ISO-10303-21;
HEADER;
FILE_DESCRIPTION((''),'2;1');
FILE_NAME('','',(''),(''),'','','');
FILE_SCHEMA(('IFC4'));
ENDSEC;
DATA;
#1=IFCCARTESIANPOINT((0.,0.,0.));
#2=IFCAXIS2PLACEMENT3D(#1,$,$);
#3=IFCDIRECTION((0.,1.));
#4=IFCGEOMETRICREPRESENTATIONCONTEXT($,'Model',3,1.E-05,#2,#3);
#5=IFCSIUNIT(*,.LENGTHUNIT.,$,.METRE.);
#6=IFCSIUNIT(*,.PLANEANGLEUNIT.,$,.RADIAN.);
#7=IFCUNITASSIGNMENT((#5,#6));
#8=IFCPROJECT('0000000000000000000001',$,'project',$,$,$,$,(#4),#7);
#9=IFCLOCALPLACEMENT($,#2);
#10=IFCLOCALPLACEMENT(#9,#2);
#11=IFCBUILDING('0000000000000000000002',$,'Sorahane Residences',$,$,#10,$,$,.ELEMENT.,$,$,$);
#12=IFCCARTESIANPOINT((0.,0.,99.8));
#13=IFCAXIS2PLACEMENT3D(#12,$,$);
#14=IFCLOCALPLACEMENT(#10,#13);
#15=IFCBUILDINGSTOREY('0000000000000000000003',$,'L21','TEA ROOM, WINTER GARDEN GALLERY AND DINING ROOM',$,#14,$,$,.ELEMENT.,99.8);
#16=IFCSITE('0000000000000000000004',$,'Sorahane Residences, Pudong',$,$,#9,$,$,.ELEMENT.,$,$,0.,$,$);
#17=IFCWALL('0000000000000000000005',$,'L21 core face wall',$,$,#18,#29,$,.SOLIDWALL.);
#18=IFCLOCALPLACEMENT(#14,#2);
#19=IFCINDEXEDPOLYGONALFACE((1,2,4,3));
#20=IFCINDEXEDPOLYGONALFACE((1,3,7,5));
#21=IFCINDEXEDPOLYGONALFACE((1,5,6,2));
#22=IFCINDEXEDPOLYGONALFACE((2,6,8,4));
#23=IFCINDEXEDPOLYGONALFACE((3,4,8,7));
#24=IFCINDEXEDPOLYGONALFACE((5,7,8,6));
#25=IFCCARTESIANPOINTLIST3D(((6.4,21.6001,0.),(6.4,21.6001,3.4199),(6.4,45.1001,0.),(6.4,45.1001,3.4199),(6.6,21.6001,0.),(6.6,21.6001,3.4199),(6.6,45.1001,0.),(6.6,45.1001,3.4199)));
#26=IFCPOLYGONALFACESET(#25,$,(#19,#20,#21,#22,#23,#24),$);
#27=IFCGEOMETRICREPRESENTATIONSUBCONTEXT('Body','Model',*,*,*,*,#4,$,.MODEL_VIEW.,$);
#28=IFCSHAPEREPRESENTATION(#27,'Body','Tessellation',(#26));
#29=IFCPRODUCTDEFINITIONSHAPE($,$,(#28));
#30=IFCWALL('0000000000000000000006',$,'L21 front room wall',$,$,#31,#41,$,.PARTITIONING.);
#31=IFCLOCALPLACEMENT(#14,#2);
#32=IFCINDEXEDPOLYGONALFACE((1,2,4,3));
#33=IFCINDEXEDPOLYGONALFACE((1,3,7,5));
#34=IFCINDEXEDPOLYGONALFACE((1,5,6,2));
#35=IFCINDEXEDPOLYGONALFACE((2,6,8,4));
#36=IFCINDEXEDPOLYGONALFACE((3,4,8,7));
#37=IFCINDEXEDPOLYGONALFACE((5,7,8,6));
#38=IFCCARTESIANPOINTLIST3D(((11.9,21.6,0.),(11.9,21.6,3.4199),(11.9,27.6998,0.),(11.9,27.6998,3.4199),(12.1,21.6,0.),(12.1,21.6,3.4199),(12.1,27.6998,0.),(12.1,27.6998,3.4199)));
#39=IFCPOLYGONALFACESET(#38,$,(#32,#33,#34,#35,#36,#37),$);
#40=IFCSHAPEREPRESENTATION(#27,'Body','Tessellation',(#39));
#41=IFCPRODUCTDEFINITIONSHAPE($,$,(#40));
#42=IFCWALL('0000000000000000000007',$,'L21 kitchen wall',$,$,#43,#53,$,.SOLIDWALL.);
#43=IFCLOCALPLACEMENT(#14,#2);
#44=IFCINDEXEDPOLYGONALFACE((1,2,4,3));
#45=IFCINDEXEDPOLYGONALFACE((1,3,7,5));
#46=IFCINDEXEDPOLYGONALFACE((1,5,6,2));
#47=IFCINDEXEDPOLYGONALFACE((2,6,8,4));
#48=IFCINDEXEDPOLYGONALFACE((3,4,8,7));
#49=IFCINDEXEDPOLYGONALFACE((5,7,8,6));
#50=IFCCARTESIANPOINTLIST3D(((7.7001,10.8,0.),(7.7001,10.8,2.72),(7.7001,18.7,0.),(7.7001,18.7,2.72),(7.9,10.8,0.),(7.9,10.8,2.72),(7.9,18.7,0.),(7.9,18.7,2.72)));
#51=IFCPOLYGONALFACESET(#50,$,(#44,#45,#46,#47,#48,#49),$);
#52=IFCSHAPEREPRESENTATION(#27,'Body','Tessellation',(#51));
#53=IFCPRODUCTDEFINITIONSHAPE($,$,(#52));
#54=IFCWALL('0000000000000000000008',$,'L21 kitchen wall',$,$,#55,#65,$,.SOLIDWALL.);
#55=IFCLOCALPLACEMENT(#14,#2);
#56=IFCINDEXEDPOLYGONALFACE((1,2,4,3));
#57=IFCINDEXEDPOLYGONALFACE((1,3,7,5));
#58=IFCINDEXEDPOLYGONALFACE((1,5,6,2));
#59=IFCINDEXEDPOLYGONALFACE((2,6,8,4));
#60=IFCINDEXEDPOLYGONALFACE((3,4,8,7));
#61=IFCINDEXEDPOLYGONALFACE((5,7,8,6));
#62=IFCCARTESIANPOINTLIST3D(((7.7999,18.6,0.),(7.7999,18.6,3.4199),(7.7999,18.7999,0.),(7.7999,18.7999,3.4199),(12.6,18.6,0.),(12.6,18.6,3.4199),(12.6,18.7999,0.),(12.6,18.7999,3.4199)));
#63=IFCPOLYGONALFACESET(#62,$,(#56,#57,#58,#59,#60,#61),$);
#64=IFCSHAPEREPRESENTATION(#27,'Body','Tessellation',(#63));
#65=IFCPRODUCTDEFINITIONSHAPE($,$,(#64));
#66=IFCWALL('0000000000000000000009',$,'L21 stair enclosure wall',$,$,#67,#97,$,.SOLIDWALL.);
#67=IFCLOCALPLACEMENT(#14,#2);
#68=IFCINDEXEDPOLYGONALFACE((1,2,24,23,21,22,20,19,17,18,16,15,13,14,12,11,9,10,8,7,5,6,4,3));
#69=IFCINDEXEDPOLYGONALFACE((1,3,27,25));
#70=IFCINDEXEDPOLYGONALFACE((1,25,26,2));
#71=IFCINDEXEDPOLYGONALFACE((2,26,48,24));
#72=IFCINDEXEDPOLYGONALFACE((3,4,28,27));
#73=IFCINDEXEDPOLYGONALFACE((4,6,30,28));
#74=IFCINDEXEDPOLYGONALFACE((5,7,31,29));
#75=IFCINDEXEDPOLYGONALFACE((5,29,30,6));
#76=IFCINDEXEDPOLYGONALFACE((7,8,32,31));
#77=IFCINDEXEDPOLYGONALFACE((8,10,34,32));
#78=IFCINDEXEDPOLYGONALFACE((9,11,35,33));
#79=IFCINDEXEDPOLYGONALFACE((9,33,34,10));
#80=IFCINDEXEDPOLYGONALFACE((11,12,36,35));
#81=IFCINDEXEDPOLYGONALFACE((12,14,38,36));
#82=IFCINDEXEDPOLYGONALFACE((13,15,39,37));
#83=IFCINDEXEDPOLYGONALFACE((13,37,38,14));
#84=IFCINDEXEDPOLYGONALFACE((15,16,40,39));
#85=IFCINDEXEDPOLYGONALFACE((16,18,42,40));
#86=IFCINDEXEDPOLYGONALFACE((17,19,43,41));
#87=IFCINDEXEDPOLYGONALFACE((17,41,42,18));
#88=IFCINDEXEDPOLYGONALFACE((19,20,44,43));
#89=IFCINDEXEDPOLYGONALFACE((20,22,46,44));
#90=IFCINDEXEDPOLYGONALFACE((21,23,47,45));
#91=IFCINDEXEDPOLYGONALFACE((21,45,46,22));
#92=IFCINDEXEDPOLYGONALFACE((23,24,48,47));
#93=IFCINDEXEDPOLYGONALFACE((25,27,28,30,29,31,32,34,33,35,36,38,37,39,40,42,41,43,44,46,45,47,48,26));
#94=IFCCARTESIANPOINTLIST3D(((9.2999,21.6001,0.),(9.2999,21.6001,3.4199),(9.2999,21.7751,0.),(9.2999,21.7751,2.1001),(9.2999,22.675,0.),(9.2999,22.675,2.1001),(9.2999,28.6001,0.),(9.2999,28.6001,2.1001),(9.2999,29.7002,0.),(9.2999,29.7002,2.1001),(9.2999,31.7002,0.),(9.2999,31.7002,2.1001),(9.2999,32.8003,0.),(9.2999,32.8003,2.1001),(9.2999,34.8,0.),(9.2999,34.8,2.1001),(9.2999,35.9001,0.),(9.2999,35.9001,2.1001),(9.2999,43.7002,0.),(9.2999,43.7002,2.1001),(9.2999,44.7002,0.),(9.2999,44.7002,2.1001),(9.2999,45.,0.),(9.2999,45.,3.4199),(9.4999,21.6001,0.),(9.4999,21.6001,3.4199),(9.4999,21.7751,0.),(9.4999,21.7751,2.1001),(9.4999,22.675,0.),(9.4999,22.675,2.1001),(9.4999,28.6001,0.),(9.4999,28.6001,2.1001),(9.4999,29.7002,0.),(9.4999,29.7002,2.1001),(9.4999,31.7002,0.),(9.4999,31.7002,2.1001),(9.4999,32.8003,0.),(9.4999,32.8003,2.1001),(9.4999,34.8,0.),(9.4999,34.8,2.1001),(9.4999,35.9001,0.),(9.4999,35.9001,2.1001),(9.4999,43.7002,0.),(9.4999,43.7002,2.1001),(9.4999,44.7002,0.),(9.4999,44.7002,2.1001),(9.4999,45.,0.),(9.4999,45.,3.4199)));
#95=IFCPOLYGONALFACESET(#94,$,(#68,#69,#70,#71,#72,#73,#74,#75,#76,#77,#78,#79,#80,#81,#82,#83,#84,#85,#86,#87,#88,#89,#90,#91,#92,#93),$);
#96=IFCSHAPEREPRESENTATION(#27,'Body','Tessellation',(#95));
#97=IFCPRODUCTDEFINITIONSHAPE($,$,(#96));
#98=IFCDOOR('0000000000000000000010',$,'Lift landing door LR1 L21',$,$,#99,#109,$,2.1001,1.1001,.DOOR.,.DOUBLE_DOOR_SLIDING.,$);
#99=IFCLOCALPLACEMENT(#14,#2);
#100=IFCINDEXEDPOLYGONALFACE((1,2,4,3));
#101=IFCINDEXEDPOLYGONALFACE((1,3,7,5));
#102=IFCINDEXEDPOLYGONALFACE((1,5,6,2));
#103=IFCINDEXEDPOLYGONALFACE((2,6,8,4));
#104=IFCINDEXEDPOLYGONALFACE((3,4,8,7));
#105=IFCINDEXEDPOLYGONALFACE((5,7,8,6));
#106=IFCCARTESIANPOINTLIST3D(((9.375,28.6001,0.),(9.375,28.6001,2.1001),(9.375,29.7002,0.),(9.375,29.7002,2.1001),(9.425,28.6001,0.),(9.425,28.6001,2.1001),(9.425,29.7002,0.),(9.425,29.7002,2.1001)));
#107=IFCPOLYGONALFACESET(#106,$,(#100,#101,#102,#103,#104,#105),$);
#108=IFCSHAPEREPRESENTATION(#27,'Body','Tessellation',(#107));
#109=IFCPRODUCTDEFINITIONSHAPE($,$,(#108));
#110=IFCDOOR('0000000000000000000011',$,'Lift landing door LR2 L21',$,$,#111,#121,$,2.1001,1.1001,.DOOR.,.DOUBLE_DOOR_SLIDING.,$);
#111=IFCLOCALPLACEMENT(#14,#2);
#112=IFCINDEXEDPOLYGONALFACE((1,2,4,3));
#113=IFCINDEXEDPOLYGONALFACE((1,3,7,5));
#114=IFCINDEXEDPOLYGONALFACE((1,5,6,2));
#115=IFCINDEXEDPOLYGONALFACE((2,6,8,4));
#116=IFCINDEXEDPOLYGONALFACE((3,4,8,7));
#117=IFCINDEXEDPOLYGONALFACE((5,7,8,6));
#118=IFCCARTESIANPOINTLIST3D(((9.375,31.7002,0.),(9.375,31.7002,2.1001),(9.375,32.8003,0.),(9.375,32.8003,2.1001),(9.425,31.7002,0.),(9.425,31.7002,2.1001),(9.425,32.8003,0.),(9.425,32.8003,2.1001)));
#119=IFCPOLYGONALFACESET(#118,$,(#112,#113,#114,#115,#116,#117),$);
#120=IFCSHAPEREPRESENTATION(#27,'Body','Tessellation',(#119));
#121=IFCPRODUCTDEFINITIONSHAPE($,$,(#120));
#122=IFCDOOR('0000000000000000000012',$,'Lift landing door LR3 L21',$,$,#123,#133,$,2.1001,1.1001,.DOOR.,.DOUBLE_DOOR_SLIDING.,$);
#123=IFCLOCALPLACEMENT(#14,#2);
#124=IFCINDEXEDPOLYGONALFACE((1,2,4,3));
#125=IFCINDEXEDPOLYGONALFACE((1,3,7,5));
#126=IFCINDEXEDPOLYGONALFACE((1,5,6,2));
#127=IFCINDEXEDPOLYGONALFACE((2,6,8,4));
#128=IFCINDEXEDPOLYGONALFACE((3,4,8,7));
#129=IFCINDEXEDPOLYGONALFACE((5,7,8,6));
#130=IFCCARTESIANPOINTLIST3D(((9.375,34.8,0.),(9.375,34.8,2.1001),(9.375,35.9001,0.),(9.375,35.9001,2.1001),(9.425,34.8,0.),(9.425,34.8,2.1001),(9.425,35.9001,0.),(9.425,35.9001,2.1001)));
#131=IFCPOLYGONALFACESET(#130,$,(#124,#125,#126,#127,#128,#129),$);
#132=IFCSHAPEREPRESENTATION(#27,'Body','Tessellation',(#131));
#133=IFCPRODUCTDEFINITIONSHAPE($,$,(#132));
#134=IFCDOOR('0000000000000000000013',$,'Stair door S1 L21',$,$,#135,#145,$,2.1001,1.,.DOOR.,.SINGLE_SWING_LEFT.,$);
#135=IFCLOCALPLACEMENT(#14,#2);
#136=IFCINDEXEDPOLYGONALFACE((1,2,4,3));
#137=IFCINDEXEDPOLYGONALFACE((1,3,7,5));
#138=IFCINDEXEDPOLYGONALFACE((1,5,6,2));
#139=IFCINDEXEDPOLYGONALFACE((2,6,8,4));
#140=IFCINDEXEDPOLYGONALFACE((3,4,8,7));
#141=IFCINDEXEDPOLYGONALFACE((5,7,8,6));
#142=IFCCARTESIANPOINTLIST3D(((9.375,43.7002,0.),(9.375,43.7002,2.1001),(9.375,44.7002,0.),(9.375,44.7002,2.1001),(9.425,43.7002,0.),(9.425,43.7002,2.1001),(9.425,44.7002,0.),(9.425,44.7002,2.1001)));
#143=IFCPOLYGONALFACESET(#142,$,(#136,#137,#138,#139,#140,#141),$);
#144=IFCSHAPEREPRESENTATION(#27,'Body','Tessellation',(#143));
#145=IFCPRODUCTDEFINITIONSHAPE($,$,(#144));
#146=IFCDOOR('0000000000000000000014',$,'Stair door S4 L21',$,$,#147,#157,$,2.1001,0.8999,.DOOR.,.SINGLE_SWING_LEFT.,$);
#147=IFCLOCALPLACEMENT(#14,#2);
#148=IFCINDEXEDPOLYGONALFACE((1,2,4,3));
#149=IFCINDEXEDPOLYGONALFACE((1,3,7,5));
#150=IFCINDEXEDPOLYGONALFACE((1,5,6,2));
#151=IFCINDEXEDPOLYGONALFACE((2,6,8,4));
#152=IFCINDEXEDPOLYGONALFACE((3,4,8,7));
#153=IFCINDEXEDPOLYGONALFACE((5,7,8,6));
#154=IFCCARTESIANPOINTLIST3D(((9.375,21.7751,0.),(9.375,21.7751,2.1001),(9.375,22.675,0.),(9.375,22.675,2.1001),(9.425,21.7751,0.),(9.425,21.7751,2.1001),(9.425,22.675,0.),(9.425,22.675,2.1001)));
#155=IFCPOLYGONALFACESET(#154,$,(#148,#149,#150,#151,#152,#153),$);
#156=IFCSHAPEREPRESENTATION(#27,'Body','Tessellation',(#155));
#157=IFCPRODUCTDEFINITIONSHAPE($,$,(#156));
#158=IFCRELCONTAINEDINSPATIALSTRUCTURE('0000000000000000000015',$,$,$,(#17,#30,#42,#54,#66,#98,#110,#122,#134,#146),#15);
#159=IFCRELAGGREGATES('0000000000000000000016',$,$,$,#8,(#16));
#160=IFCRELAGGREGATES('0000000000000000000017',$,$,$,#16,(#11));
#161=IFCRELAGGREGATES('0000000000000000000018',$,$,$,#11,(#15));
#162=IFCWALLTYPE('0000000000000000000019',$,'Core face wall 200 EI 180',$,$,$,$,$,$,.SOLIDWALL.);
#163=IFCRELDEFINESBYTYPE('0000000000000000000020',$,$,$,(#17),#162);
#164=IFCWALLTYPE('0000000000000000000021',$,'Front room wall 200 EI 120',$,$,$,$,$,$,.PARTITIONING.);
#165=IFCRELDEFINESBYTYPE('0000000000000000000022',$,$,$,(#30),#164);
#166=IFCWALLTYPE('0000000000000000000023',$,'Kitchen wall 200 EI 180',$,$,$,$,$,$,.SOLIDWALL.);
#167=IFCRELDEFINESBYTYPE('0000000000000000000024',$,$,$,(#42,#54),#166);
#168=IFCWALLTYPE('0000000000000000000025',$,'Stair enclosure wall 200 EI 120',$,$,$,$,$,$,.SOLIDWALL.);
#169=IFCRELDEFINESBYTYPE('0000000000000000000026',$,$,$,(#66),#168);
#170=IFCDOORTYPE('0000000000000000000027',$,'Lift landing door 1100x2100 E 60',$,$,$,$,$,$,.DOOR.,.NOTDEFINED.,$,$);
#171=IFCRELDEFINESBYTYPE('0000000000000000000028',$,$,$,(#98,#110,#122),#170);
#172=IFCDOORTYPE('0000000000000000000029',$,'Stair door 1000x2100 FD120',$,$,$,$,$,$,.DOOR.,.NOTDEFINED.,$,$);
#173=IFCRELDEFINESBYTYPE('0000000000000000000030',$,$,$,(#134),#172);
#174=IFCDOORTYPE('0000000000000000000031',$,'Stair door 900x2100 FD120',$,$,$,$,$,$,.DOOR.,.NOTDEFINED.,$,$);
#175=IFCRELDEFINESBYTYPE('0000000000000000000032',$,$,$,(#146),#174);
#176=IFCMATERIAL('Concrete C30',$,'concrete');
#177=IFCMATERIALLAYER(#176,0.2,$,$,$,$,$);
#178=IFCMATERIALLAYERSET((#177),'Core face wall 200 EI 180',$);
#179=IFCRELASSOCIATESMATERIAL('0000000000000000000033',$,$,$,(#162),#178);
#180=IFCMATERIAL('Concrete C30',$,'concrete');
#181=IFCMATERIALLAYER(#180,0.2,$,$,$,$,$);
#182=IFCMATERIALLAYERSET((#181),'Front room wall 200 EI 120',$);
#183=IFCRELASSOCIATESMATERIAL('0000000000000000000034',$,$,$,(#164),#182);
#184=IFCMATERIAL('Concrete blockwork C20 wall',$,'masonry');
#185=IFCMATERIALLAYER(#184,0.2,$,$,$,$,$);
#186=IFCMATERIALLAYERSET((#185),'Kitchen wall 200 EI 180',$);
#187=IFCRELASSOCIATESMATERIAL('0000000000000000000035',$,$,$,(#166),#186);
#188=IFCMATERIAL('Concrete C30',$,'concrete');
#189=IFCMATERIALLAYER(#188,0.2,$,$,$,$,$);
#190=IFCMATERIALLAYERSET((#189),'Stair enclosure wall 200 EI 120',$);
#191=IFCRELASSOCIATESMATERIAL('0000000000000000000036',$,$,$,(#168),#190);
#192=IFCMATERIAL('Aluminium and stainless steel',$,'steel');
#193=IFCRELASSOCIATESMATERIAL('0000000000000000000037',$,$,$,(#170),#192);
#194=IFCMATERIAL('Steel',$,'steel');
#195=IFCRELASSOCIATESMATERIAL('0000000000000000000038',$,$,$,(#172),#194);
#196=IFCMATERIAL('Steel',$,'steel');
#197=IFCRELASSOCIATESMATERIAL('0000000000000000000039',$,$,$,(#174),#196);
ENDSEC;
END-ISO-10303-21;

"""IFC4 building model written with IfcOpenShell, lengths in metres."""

from ifc_helpers import new_model, si_unit, direction, frame, frame_2d, origin, place, context, subcontext, project, spatial, rectangle, extrude, material, layer, layer_set, type_object, element, fill, save


model = new_model("IFC4")

# Units and contexts
model_context = context("Model", 3, precision=1e-05, world=origin(), true_north=direction((0.0, 1.0)))
body_context = subcontext(model_context, "Body", "Model", "MODEL_VIEW")
ifc_project = project(units=[si_unit("LENGTHUNIT", "METRE"), si_unit("PLANEANGLEUNIT", "RADIAN")], contexts=[model_context])

# Site, building, storey
site_placement = place(None, origin())
site = spatial("IfcSite", under=ifc_project, at=site_placement, Name="Sorahane Residences, Pudong", CompositionType="ELEMENT", RefElevation=0.0)
building_placement = place(site_placement, origin())
building = spatial("IfcBuilding", under=site, at=building_placement, Name="Sorahane Residences", CompositionType="ELEMENT")
storey_placement = place(building_placement, frame((0.0, 0.0, 99.8)))
storey = spatial("IfcBuildingStorey", under=building, at=storey_placement, Name="L21", Description="TEA ROOM, WINTER GARDEN GALLERY AND DINING ROOM", CompositionType="ELEMENT", Elevation=99.8)

# Walls
ifc_material_1 = material(Name="Concrete C30", Category="concrete")
ifc_layer_1 = layer(ifc_material_1, 0.2)
ifc_layer_set_1 = layer_set([ifc_layer_1], Name="Core face wall 200 EI 180")
wall_type_1 = type_object("IfcWallType", Name="Core face wall 200 EI 180", PredefinedType="SOLIDWALL", material=ifc_layer_set_1)
wall_1_placement = place(storey_placement, frame((6.5, 21.6001, 0.0), z_axis=(0.0, 0.0, 1.0), x_axis=(0.0, 1.0, 0.0)))
element("IfcWall", 1, at=wall_1_placement, inside=storey, type_object=wall_type_1, Name="L21 core face wall", PredefinedType="SOLIDWALL", context=body_context, shape_type="SweptSolid", body=[
    extrude(rectangle(XDim=23.5, YDim=0.2, at=frame_2d((11.75, 0.0))), origin(), (0.0, 0.0, 1.0), 3.4199),
])
ifc_material_2 = material(Name="Concrete C30", Category="concrete")
ifc_layer_2 = layer(ifc_material_2, 0.2)
ifc_layer_set_2 = layer_set([ifc_layer_2], Name="Front room wall 200 EI 120")
wall_type_2 = type_object("IfcWallType", Name="Front room wall 200 EI 120", PredefinedType="PARTITIONING", material=ifc_layer_set_2)
wall_2_placement = place(storey_placement, frame((12.0, 21.6001, 0.0), z_axis=(0.0, 0.0, 1.0), x_axis=(0.0, 1.0, 0.0)))
element("IfcWall", 2, at=wall_2_placement, inside=storey, type_object=wall_type_2, Name="L21 front room wall", PredefinedType="PARTITIONING", context=body_context, shape_type="SweptSolid", body=[
    extrude(rectangle(XDim=6.0999, YDim=0.2, at=frame_2d((3.0498, 0.0))), origin(), (0.0, 0.0, 1.0), 3.4199),
])
ifc_material_3 = material(Name="Concrete blockwork C20 wall", Category="masonry")
ifc_layer_3 = layer(ifc_material_3, 0.2)
ifc_layer_set_3 = layer_set([ifc_layer_3], Name="Kitchen wall 200 EI 180")
wall_type_3 = type_object("IfcWallType", Name="Kitchen wall 200 EI 180", PredefinedType="SOLIDWALL", material=ifc_layer_set_3)
wall_3_placement = place(storey_placement, frame((7.8, 10.8, 0.0), z_axis=(0.0, 0.0, 1.0), x_axis=(0.0, 1.0, 0.0)))
element("IfcWall", 3, at=wall_3_placement, inside=storey, type_object=wall_type_3, Name="L21 kitchen wall", PredefinedType="SOLIDWALL", context=body_context, shape_type="SweptSolid", body=[
    extrude(rectangle(XDim=7.8999, YDim=0.2, at=frame_2d((3.95, 0.0))), origin(), (0.0, 0.0, 1.0), 2.72),
])

# Wall
wall_4_placement = place(storey_placement, frame((7.8, 18.7, 0.0), z_axis=(0.0, 0.0, 1.0), x_axis=(1.0, 0.0, 0.0)))
element("IfcWall", 4, at=wall_4_placement, inside=storey, type_object=wall_type_3, Name="L21 kitchen wall", PredefinedType="SOLIDWALL", context=body_context, shape_type="SweptSolid", body=[
    extrude(rectangle(XDim=4.8, YDim=0.2, at=frame_2d((2.3999, 0.0))), origin(), (0.0, 0.0, 1.0), 3.4199),
])

# Wall, openings, doors
ifc_material_4 = material(Name="Concrete C30", Category="concrete")
ifc_layer_4 = layer(ifc_material_4, 0.2)
ifc_layer_set_4 = layer_set([ifc_layer_4], Name="Stair enclosure wall 200 EI 120")
wall_type_4 = type_object("IfcWallType", Name="Stair enclosure wall 200 EI 120", PredefinedType="SOLIDWALL", material=ifc_layer_set_4)
wall_5_placement = place(storey_placement, frame((9.3999, 21.6001, 0.0), z_axis=(0.0, 0.0, 1.0), x_axis=(0.0, 1.0, 0.0)))
wall_5 = element("IfcWall", 5, at=wall_5_placement, inside=storey, type_object=wall_type_4, Name="L21 stair enclosure wall", PredefinedType="SOLIDWALL", context=body_context, shape_type="SweptSolid", body=[
    extrude(rectangle(XDim=23.3999, YDim=0.2, at=frame_2d((11.7, 0.0))), origin(), (0.0, 0.0, 1.0), 3.4199),
])
opening_1_placement = place(wall_5_placement, frame((7.0, 0.0, 0.0)))
opening_1 = element("IfcOpeningElement", 6, at=opening_1_placement, cuts=wall_5, PredefinedType="OPENING", context=body_context, shape_type="SweptSolid", body=[
    extrude(rectangle(XDim=1.1001, YDim=2.1001, at=frame_2d((0.55, 1.05))), frame((0.0, 0.1099, 0.0), z_axis=(0.0, -1.0, 0.0), x_axis=(1.0, 0.0, 0.0)), (0.0, 0.0, 1.0), 0.22),
])
opening_2_placement = place(wall_5_placement, frame((10.1001, 0.0, 0.0)))
opening_2 = element("IfcOpeningElement", 7, at=opening_2_placement, cuts=wall_5, PredefinedType="OPENING", context=body_context, shape_type="SweptSolid", body=[
    extrude(rectangle(XDim=1.1001, YDim=2.1001, at=frame_2d((0.55, 1.05))), frame((0.0, 0.1099, 0.0), z_axis=(0.0, -1.0, 0.0), x_axis=(1.0, 0.0, 0.0)), (0.0, 0.0, 1.0), 0.22),
])
opening_3_placement = place(wall_5_placement, frame((13.2, 0.0, 0.0)))
opening_3 = element("IfcOpeningElement", 8, at=opening_3_placement, cuts=wall_5, PredefinedType="OPENING", context=body_context, shape_type="SweptSolid", body=[
    extrude(rectangle(XDim=1.1001, YDim=2.1001, at=frame_2d((0.55, 1.05))), frame((0.0, 0.1099, 0.0), z_axis=(0.0, -1.0, 0.0), x_axis=(1.0, 0.0, 0.0)), (0.0, 0.0, 1.0), 0.22),
])
opening_4_placement = place(wall_5_placement, frame((22.1001, 0.0, 0.0)))
opening_4 = element("IfcOpeningElement", 9, at=opening_4_placement, cuts=wall_5, PredefinedType="OPENING", context=body_context, shape_type="SweptSolid", body=[
    extrude(rectangle(XDim=1.0, YDim=2.1001, at=frame_2d((0.5, 1.05))), frame((0.0, 0.1099, 0.0), z_axis=(0.0, -1.0, 0.0), x_axis=(1.0, 0.0, 0.0)), (0.0, 0.0, 1.0), 0.22),
])
opening_5_placement = place(wall_5_placement, frame((0.175, 0.0, 0.0)))
opening_5 = element("IfcOpeningElement", 10, at=opening_5_placement, cuts=wall_5, PredefinedType="OPENING", context=body_context, shape_type="SweptSolid", body=[
    extrude(rectangle(XDim=0.8999, YDim=2.1001, at=frame_2d((0.45, 1.05))), frame((0.0, 0.1099, 0.0), z_axis=(0.0, -1.0, 0.0), x_axis=(1.0, 0.0, 0.0)), (0.0, 0.0, 1.0), 0.22),
])
ifc_material_5 = material(Name="Aluminium and stainless steel", Category="steel")
door_type_1 = type_object("IfcDoorType", Name="Lift landing door 1100x2100 E 60", OperationType="NOTDEFINED", PredefinedType="DOOR", material=ifc_material_5)
door_1_placement = place(opening_1_placement, origin())
door_1 = element("IfcDoor", 11, at=door_1_placement, inside=storey, type_object=door_type_1, Name="Lift landing door LR1 L21", OperationType="DOUBLE_DOOR_SLIDING", OverallHeight=2.1001, OverallWidth=1.1001, PredefinedType="DOOR", context=body_context, shape_type="SweptSolid", body=[
    extrude(rectangle(XDim=1.1001, YDim=2.1001, at=frame_2d((0.55, 1.05))), frame((0.0, 0.0249, 0.0), z_axis=(0.0, -1.0, 0.0), x_axis=(1.0, 0.0, 0.0)), (0.0, 0.0, 1.0), 0.05),
])
fill(opening_1, door_1)
door_2_placement = place(opening_2_placement, origin())
door_2 = element("IfcDoor", 12, at=door_2_placement, inside=storey, type_object=door_type_1, Name="Lift landing door LR2 L21", OperationType="DOUBLE_DOOR_SLIDING", OverallHeight=2.1001, OverallWidth=1.1001, PredefinedType="DOOR", context=body_context, shape_type="SweptSolid", body=[
    extrude(rectangle(XDim=1.1001, YDim=2.1001, at=frame_2d((0.55, 1.05))), frame((0.0, 0.0249, 0.0), z_axis=(0.0, -1.0, 0.0), x_axis=(1.0, 0.0, 0.0)), (0.0, 0.0, 1.0), 0.05),
])
fill(opening_2, door_2)
door_3_placement = place(opening_3_placement, origin())
door_3 = element("IfcDoor", 13, at=door_3_placement, inside=storey, type_object=door_type_1, Name="Lift landing door LR3 L21", OperationType="DOUBLE_DOOR_SLIDING", OverallHeight=2.1001, OverallWidth=1.1001, PredefinedType="DOOR", context=body_context, shape_type="SweptSolid", body=[
    extrude(rectangle(XDim=1.1001, YDim=2.1001, at=frame_2d((0.55, 1.05))), frame((0.0, 0.0249, 0.0), z_axis=(0.0, -1.0, 0.0), x_axis=(1.0, 0.0, 0.0)), (0.0, 0.0, 1.0), 0.05),
])
fill(opening_3, door_3)
ifc_material_6 = material(Name="Steel", Category="steel")
door_type_2 = type_object("IfcDoorType", Name="Stair door 1000x2100 FD120", OperationType="NOTDEFINED", PredefinedType="DOOR", material=ifc_material_6)
door_4_placement = place(opening_4_placement, origin())
door_4 = element("IfcDoor", 14, at=door_4_placement, inside=storey, type_object=door_type_2, Name="Stair door S1 L21", OperationType="SINGLE_SWING_LEFT", OverallHeight=2.1001, OverallWidth=1.0, PredefinedType="DOOR", context=body_context, shape_type="SweptSolid", body=[
    extrude(rectangle(XDim=1.0, YDim=2.1001, at=frame_2d((0.5, 1.05))), frame((0.0, 0.0249, 0.0), z_axis=(0.0, -1.0, 0.0), x_axis=(1.0, 0.0, 0.0)), (0.0, 0.0, 1.0), 0.05),
])
fill(opening_4, door_4)
ifc_material_7 = material(Name="Steel", Category="steel")
door_type_3 = type_object("IfcDoorType", Name="Stair door 900x2100 FD120", OperationType="NOTDEFINED", PredefinedType="DOOR", material=ifc_material_7)
door_5_placement = place(opening_5_placement, origin())
door_5 = element("IfcDoor", 15, at=door_5_placement, inside=storey, type_object=door_type_3, Name="Stair door S4 L21", OperationType="SINGLE_SWING_LEFT", OverallHeight=2.1001, OverallWidth=0.8999, PredefinedType="DOOR", context=body_context, shape_type="SweptSolid", body=[
    extrude(rectangle(XDim=0.8999, YDim=2.1001, at=frame_2d((0.45, 1.05))), frame((0.0, 0.0249, 0.0), z_axis=(0.0, -1.0, 0.0), x_axis=(1.0, 0.0, 0.0)), (0.0, 0.0, 1.0), 0.05),
])
fill(opening_5, door_5)

save(model, "model.ifc")
